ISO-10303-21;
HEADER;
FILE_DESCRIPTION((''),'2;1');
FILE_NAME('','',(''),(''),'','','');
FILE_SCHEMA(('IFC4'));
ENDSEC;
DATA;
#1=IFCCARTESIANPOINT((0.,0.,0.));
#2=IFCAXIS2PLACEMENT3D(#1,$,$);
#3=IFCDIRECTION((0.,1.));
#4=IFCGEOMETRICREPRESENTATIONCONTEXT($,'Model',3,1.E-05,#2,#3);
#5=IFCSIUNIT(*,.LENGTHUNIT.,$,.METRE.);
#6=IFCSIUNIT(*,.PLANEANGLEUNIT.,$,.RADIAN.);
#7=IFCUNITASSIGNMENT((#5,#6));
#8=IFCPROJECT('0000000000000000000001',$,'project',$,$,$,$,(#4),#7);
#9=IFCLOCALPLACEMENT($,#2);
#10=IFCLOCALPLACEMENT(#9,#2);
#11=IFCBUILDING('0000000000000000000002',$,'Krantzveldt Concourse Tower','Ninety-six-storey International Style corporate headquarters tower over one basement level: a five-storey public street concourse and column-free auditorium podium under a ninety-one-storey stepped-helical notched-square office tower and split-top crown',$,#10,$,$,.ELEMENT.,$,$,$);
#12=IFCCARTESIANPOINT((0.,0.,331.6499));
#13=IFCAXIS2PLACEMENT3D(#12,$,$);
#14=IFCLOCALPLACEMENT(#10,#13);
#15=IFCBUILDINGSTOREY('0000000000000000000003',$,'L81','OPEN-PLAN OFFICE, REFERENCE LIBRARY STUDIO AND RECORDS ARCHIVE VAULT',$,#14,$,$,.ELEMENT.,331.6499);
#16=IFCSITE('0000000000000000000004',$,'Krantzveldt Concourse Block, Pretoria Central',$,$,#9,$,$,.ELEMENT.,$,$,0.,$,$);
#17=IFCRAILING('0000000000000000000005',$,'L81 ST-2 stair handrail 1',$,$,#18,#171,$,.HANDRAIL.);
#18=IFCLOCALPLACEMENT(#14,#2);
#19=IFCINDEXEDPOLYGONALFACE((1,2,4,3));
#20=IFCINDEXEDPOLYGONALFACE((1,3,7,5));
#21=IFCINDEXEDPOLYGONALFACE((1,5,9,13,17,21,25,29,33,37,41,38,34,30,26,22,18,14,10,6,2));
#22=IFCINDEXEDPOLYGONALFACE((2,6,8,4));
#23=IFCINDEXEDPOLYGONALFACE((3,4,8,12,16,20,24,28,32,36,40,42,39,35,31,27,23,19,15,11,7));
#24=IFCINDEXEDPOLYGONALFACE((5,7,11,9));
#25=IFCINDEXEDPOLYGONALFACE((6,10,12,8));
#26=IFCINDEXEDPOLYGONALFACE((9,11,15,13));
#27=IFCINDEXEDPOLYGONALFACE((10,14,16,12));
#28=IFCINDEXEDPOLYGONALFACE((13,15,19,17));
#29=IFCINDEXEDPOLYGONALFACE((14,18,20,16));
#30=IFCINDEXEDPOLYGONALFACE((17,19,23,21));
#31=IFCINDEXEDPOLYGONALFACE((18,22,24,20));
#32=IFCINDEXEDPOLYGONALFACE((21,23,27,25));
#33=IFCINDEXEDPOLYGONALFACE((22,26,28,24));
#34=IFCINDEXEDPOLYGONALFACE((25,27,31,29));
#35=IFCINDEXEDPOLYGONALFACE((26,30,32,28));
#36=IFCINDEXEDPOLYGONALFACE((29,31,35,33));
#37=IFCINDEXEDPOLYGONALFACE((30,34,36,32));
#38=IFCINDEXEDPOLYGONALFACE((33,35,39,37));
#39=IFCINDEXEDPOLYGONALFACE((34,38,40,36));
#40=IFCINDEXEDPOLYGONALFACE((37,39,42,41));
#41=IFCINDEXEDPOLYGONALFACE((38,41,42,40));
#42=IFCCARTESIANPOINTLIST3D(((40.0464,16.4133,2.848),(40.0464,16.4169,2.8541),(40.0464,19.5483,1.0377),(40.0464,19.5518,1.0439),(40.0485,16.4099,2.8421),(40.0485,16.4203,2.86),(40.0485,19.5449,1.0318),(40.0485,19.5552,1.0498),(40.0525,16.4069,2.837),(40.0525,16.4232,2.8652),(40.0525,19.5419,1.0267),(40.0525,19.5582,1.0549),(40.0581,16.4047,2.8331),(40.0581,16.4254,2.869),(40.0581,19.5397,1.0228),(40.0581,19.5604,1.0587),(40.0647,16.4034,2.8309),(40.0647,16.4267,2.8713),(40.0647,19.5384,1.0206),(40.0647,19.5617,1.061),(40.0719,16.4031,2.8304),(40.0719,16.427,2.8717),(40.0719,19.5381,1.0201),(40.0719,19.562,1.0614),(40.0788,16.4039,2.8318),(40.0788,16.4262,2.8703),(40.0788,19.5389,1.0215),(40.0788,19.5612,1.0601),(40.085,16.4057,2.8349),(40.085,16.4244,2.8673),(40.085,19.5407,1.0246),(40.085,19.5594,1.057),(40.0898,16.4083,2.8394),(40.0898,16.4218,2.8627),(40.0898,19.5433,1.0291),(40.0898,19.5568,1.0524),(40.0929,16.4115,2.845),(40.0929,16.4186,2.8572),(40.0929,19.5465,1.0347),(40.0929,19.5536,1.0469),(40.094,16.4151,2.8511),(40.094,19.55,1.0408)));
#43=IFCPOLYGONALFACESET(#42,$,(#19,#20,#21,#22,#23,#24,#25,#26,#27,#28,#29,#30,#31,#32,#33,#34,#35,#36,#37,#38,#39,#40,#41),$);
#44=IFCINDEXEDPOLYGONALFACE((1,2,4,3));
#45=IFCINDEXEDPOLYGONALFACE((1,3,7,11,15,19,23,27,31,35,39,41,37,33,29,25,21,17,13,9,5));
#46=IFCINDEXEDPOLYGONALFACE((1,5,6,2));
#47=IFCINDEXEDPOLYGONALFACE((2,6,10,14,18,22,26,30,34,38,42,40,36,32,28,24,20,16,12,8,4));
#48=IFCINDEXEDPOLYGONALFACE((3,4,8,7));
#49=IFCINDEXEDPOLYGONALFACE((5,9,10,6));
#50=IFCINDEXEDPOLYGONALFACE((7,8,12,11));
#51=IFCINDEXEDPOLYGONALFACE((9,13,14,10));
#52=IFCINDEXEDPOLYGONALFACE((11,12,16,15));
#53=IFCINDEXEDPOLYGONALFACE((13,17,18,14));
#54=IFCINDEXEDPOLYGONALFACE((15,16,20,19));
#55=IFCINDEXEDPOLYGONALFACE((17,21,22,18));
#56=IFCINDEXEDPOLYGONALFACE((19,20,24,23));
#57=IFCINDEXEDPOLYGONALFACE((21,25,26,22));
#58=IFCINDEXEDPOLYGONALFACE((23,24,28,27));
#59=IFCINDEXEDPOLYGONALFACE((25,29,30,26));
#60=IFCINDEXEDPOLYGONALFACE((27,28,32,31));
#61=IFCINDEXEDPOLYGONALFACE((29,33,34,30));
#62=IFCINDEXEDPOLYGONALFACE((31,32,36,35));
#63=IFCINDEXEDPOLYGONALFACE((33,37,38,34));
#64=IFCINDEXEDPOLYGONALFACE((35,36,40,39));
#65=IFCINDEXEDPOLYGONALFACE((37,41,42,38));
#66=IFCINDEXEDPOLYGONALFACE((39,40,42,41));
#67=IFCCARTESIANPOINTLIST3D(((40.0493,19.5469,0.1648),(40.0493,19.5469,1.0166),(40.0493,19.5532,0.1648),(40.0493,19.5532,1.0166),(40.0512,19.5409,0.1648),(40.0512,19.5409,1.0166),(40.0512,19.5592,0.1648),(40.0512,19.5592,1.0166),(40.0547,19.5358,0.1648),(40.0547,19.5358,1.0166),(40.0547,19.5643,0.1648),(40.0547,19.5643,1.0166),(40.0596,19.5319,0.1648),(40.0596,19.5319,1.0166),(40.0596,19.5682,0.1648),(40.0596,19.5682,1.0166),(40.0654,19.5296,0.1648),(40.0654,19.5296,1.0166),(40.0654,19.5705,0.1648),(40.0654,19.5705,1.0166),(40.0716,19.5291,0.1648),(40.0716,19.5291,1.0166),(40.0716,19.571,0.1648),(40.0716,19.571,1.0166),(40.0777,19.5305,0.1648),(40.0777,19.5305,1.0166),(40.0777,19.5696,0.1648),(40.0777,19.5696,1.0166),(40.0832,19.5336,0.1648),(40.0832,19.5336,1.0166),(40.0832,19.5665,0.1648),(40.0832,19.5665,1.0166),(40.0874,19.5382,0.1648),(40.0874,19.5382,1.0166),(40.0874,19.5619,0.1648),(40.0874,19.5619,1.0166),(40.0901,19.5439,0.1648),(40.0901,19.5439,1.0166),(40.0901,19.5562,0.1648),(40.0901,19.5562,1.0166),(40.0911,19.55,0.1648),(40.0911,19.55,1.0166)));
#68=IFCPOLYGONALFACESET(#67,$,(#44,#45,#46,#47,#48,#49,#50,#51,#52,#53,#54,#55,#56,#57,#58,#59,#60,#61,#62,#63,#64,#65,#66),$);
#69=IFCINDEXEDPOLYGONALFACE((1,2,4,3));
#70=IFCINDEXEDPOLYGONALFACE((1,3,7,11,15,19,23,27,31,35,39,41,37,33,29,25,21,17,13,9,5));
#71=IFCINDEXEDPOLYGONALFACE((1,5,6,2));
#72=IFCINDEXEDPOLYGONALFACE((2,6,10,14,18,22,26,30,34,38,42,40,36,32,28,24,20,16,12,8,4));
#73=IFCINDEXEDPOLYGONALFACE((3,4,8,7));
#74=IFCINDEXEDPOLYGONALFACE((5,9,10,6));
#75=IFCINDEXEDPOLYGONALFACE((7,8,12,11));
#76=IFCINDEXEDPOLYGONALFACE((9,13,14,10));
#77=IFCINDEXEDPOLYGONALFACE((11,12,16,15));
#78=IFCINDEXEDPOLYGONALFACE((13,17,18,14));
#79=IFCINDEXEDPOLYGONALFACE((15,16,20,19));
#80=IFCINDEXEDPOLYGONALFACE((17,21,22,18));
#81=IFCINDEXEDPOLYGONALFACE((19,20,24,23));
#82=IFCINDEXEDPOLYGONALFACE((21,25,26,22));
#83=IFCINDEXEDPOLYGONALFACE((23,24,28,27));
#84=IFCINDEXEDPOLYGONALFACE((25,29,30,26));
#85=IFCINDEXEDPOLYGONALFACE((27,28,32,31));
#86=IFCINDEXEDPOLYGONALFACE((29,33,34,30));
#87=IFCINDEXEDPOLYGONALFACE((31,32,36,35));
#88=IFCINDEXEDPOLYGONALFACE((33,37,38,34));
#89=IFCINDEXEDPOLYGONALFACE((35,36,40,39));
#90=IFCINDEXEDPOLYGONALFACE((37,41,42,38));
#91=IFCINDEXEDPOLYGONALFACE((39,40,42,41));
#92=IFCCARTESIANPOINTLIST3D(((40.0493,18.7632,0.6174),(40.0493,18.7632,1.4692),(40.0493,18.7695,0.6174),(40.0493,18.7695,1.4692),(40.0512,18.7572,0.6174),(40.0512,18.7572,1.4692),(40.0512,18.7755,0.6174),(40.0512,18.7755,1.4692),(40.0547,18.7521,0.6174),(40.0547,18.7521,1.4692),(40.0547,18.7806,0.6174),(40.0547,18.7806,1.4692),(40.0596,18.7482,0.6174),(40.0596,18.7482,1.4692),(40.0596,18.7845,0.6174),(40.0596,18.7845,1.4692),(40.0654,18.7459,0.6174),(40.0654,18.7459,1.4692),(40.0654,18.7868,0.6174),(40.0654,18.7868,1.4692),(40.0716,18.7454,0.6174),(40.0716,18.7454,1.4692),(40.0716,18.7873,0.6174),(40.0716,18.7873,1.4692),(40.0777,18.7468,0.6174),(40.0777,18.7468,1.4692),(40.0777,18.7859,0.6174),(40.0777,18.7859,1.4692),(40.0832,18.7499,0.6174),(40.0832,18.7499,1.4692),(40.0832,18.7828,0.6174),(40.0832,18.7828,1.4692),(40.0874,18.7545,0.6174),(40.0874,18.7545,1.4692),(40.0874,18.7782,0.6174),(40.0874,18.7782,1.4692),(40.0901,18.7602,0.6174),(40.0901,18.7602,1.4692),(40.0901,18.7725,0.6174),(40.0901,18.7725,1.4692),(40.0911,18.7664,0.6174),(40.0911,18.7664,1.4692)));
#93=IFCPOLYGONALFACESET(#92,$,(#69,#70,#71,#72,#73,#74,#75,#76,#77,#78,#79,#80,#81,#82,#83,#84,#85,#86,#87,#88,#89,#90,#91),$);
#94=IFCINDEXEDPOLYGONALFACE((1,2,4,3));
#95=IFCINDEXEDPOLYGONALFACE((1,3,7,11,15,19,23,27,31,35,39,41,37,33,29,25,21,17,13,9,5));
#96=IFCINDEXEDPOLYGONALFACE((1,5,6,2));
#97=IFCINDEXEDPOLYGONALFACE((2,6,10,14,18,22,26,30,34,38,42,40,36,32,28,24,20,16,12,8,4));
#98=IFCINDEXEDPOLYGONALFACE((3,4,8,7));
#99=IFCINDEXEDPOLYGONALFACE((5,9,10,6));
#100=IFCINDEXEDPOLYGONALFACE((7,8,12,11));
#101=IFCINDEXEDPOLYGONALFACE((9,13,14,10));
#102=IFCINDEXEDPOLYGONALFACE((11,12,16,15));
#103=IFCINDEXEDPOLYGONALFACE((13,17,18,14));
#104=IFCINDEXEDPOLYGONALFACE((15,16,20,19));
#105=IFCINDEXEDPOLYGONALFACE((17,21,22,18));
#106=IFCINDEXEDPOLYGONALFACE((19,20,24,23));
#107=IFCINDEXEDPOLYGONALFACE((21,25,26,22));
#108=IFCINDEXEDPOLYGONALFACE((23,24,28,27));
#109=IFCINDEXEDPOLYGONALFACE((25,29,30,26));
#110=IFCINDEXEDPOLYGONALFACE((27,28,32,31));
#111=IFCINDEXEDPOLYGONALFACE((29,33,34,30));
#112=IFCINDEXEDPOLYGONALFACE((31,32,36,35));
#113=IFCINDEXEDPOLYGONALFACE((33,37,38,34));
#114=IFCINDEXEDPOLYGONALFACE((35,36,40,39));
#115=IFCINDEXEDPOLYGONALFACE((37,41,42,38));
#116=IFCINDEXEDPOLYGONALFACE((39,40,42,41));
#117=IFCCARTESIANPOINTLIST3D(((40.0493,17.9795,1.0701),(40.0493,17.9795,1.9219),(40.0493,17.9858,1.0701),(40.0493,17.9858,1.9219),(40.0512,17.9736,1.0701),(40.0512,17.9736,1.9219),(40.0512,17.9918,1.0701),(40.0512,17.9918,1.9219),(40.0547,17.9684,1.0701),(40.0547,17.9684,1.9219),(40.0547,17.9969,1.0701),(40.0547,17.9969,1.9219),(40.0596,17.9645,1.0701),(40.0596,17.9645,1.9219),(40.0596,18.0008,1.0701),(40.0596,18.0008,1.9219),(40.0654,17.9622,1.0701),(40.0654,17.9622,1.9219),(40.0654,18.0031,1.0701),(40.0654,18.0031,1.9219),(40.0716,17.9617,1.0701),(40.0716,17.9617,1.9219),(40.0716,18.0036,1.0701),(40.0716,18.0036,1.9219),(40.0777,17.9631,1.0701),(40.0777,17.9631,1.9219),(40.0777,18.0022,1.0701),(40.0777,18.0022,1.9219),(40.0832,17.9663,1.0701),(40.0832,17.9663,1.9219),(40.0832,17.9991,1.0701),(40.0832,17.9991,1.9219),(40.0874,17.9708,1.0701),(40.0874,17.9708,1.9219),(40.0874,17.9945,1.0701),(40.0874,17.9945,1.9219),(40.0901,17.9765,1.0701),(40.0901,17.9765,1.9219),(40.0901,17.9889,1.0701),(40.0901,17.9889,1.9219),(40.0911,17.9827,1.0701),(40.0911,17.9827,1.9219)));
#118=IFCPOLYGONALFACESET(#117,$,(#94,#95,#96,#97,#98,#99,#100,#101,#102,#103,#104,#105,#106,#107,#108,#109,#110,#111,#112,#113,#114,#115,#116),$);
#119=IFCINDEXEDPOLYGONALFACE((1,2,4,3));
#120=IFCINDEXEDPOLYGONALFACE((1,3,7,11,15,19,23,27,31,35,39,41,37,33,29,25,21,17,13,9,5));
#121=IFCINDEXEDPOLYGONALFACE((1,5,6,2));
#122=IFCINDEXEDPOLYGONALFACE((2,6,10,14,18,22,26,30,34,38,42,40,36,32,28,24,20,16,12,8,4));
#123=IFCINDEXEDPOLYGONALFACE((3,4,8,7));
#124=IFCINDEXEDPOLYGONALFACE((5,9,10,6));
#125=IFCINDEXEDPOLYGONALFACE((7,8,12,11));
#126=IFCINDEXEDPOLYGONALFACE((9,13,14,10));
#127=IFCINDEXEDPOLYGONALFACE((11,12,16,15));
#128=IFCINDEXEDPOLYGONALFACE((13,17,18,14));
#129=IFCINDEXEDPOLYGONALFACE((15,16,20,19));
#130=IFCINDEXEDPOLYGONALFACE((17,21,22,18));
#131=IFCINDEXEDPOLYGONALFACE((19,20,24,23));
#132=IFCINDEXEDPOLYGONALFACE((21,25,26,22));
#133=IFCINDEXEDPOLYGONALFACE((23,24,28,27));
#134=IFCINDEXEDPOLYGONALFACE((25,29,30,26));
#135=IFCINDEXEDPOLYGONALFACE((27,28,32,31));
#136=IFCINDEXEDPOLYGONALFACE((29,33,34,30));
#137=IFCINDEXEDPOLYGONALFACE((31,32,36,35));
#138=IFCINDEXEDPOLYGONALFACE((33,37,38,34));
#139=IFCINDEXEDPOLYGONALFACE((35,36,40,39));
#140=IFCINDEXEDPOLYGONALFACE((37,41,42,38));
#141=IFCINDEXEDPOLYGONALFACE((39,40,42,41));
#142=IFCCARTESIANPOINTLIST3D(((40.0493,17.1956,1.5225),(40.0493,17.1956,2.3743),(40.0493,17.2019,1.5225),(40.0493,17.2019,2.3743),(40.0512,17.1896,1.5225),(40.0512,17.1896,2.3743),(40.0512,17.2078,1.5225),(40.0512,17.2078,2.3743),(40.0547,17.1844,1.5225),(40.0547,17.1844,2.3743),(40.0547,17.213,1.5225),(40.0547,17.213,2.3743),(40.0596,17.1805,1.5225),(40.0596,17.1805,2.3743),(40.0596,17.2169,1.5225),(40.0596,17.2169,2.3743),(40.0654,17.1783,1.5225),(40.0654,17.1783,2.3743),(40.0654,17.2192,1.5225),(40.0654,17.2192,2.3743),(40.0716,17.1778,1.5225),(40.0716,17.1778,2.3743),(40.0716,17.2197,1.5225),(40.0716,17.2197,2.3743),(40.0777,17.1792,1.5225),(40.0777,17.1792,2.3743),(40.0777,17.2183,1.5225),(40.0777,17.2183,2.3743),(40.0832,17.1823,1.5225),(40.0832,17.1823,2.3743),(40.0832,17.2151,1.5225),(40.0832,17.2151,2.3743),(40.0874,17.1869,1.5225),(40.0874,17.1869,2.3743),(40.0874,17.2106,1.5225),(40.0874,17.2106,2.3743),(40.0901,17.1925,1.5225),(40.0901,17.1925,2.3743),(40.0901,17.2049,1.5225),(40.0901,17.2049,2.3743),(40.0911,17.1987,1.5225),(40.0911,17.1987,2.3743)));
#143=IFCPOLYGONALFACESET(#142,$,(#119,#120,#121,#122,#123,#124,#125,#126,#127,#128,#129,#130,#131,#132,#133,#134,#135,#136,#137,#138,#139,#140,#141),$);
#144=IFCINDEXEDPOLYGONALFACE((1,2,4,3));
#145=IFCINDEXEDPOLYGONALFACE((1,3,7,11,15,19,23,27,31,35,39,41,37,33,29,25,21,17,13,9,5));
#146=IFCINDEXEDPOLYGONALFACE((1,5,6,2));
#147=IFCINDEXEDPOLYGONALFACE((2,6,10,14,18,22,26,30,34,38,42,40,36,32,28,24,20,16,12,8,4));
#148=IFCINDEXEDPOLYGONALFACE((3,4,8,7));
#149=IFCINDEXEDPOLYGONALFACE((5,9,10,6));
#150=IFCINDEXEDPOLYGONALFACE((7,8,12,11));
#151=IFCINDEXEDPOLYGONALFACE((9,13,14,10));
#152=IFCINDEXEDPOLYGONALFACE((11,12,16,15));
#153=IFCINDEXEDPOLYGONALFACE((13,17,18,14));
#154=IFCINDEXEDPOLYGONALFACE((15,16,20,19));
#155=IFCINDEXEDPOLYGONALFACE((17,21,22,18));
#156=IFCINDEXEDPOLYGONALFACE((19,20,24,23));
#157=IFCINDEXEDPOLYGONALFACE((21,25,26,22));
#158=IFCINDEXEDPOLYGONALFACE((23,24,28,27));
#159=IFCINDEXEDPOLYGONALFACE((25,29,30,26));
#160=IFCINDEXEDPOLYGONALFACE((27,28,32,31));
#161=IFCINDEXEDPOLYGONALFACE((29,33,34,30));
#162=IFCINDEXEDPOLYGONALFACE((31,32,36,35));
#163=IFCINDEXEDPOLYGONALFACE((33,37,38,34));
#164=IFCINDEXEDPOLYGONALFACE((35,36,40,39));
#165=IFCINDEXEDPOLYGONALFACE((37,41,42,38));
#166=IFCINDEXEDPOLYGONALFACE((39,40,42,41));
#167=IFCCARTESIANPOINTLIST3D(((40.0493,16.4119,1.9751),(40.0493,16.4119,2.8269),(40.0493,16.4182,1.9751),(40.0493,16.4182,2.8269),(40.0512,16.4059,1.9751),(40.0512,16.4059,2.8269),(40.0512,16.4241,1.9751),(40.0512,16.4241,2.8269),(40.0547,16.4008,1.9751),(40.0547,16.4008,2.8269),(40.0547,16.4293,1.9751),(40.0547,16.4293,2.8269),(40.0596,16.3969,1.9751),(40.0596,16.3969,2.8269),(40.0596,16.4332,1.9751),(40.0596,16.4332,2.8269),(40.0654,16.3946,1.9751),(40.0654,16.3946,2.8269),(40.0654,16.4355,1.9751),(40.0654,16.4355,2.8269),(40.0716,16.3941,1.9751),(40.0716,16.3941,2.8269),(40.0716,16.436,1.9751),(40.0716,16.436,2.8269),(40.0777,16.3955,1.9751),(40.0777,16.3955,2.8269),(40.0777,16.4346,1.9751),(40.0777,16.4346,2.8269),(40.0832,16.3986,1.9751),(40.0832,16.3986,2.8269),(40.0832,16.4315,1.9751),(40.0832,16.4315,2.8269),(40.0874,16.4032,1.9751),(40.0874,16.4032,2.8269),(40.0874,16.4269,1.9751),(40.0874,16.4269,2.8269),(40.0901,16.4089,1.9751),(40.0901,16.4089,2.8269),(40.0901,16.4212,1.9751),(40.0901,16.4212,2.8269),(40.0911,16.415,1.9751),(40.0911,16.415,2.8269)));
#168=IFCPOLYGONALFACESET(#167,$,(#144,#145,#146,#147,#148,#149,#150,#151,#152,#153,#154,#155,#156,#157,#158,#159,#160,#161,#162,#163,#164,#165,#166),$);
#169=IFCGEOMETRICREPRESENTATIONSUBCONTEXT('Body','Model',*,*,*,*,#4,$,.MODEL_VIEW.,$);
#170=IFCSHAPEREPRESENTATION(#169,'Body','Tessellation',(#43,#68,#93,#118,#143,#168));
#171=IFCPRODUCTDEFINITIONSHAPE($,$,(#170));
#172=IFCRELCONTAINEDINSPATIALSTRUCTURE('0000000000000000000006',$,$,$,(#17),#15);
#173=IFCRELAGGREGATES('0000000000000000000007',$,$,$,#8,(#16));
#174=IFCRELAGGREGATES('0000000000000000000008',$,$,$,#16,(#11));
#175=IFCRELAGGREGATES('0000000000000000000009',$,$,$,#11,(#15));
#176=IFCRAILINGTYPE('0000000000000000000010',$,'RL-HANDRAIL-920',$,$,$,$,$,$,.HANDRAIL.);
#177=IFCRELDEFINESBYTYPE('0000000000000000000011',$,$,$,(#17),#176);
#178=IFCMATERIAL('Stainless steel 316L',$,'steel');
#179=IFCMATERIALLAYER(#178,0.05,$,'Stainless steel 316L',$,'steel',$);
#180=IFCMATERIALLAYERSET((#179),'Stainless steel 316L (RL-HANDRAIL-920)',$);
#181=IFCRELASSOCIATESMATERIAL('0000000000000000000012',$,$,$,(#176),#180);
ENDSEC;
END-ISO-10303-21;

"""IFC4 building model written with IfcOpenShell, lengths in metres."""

from ifc_helpers import new_model, si_unit, direction, frame, origin, origin_2d, place, context, subcontext, project, spatial, circle, extrude, material, layer, layer_set, type_object, element, save


model = new_model("IFC4")

# Units and contexts
model_context = context("Model", 3, precision=1e-05, world=origin(), true_north=direction((0.0, 1.0)))
body_context = subcontext(model_context, "Body", "Model", "MODEL_VIEW")
ifc_project = project(units=[si_unit("LENGTHUNIT", "METRE"), si_unit("PLANEANGLEUNIT", "RADIAN")], contexts=[model_context])

# Site, building, storey
site_placement = place(None, origin())
site = spatial("IfcSite", under=ifc_project, at=site_placement, Name="Krantzveldt Concourse Block, Pretoria Central", CompositionType="ELEMENT", RefElevation=0.0)
building_placement = place(site_placement, origin())
building = spatial("IfcBuilding", under=site, at=building_placement, Name="Krantzveldt Concourse Tower", Description="Ninety-six-storey International Style corporate headquarters tower over one basement level: a five-storey public street concourse and column-free auditorium podium under a ninety-one-storey stepped-helical notched-square office tower and split-top crown", CompositionType="ELEMENT")
storey_placement = place(building_placement, frame((0.0, 0.0, 331.6499)))
storey = spatial("IfcBuildingStorey", under=building, at=storey_placement, Name="L81", Description="OPEN-PLAN OFFICE, REFERENCE LIBRARY STUDIO AND RECORDS ARCHIVE VAULT", CompositionType="ELEMENT", Elevation=331.6499)

# Shared definitions
ifc_material_1 = material(Name="Stainless steel 316L", Category="steel")

# Railing
ifc_layer_1 = layer(ifc_material_1, 0.05, Name="Stainless steel 316L", Category="steel")
ifc_layer_set_1 = layer_set([ifc_layer_1], Name="Stainless steel 316L (RL-HANDRAIL-920)")
railing_type_1 = type_object("IfcRailingType", Name="RL-HANDRAIL-920", PredefinedType="HANDRAIL", material=ifc_layer_set_1)
railing_1_placement = place(storey_placement, frame((40.0701, 19.55, 0.1648)))
element("IfcRailing", 1, at=railing_1_placement, inside=storey, type_object=railing_type_1, Name="L81 ST-2 stair handrail 1", PredefinedType="HANDRAIL", context=body_context, shape_type="SweptSolid", body=[
    extrude(circle(Radius=0.0239, at=origin_2d()), frame((0.0, 0.0, 0.876), z_axis=(0.0, -0.865989, 0.500063), x_axis=(1.0, 0.0, 0.0)), (0.0, 0.0, 1.0), 3.6201),
    extrude(circle(Radius=0.021, at=origin_2d()), origin(), (0.0, 0.0, 1.0), 0.8518),
    extrude(circle(Radius=0.021, at=origin_2d()), frame((0.0, -0.7837, 0.4526)), (0.0, 0.0, 1.0), 0.8518),
    extrude(circle(Radius=0.021, at=origin_2d()), frame((0.0, -1.5674, 0.9053)), (0.0, 0.0, 1.0), 0.8518),
    extrude(circle(Radius=0.021, at=origin_2d()), frame((0.0, -2.3513, 1.3577)), (0.0, 0.0, 1.0), 0.8518),
    extrude(circle(Radius=0.021, at=origin_2d()), frame((0.0, -3.135, 1.8103)), (0.0, 0.0, 1.0), 0.8518),
])

save(model, "model.ifc")
